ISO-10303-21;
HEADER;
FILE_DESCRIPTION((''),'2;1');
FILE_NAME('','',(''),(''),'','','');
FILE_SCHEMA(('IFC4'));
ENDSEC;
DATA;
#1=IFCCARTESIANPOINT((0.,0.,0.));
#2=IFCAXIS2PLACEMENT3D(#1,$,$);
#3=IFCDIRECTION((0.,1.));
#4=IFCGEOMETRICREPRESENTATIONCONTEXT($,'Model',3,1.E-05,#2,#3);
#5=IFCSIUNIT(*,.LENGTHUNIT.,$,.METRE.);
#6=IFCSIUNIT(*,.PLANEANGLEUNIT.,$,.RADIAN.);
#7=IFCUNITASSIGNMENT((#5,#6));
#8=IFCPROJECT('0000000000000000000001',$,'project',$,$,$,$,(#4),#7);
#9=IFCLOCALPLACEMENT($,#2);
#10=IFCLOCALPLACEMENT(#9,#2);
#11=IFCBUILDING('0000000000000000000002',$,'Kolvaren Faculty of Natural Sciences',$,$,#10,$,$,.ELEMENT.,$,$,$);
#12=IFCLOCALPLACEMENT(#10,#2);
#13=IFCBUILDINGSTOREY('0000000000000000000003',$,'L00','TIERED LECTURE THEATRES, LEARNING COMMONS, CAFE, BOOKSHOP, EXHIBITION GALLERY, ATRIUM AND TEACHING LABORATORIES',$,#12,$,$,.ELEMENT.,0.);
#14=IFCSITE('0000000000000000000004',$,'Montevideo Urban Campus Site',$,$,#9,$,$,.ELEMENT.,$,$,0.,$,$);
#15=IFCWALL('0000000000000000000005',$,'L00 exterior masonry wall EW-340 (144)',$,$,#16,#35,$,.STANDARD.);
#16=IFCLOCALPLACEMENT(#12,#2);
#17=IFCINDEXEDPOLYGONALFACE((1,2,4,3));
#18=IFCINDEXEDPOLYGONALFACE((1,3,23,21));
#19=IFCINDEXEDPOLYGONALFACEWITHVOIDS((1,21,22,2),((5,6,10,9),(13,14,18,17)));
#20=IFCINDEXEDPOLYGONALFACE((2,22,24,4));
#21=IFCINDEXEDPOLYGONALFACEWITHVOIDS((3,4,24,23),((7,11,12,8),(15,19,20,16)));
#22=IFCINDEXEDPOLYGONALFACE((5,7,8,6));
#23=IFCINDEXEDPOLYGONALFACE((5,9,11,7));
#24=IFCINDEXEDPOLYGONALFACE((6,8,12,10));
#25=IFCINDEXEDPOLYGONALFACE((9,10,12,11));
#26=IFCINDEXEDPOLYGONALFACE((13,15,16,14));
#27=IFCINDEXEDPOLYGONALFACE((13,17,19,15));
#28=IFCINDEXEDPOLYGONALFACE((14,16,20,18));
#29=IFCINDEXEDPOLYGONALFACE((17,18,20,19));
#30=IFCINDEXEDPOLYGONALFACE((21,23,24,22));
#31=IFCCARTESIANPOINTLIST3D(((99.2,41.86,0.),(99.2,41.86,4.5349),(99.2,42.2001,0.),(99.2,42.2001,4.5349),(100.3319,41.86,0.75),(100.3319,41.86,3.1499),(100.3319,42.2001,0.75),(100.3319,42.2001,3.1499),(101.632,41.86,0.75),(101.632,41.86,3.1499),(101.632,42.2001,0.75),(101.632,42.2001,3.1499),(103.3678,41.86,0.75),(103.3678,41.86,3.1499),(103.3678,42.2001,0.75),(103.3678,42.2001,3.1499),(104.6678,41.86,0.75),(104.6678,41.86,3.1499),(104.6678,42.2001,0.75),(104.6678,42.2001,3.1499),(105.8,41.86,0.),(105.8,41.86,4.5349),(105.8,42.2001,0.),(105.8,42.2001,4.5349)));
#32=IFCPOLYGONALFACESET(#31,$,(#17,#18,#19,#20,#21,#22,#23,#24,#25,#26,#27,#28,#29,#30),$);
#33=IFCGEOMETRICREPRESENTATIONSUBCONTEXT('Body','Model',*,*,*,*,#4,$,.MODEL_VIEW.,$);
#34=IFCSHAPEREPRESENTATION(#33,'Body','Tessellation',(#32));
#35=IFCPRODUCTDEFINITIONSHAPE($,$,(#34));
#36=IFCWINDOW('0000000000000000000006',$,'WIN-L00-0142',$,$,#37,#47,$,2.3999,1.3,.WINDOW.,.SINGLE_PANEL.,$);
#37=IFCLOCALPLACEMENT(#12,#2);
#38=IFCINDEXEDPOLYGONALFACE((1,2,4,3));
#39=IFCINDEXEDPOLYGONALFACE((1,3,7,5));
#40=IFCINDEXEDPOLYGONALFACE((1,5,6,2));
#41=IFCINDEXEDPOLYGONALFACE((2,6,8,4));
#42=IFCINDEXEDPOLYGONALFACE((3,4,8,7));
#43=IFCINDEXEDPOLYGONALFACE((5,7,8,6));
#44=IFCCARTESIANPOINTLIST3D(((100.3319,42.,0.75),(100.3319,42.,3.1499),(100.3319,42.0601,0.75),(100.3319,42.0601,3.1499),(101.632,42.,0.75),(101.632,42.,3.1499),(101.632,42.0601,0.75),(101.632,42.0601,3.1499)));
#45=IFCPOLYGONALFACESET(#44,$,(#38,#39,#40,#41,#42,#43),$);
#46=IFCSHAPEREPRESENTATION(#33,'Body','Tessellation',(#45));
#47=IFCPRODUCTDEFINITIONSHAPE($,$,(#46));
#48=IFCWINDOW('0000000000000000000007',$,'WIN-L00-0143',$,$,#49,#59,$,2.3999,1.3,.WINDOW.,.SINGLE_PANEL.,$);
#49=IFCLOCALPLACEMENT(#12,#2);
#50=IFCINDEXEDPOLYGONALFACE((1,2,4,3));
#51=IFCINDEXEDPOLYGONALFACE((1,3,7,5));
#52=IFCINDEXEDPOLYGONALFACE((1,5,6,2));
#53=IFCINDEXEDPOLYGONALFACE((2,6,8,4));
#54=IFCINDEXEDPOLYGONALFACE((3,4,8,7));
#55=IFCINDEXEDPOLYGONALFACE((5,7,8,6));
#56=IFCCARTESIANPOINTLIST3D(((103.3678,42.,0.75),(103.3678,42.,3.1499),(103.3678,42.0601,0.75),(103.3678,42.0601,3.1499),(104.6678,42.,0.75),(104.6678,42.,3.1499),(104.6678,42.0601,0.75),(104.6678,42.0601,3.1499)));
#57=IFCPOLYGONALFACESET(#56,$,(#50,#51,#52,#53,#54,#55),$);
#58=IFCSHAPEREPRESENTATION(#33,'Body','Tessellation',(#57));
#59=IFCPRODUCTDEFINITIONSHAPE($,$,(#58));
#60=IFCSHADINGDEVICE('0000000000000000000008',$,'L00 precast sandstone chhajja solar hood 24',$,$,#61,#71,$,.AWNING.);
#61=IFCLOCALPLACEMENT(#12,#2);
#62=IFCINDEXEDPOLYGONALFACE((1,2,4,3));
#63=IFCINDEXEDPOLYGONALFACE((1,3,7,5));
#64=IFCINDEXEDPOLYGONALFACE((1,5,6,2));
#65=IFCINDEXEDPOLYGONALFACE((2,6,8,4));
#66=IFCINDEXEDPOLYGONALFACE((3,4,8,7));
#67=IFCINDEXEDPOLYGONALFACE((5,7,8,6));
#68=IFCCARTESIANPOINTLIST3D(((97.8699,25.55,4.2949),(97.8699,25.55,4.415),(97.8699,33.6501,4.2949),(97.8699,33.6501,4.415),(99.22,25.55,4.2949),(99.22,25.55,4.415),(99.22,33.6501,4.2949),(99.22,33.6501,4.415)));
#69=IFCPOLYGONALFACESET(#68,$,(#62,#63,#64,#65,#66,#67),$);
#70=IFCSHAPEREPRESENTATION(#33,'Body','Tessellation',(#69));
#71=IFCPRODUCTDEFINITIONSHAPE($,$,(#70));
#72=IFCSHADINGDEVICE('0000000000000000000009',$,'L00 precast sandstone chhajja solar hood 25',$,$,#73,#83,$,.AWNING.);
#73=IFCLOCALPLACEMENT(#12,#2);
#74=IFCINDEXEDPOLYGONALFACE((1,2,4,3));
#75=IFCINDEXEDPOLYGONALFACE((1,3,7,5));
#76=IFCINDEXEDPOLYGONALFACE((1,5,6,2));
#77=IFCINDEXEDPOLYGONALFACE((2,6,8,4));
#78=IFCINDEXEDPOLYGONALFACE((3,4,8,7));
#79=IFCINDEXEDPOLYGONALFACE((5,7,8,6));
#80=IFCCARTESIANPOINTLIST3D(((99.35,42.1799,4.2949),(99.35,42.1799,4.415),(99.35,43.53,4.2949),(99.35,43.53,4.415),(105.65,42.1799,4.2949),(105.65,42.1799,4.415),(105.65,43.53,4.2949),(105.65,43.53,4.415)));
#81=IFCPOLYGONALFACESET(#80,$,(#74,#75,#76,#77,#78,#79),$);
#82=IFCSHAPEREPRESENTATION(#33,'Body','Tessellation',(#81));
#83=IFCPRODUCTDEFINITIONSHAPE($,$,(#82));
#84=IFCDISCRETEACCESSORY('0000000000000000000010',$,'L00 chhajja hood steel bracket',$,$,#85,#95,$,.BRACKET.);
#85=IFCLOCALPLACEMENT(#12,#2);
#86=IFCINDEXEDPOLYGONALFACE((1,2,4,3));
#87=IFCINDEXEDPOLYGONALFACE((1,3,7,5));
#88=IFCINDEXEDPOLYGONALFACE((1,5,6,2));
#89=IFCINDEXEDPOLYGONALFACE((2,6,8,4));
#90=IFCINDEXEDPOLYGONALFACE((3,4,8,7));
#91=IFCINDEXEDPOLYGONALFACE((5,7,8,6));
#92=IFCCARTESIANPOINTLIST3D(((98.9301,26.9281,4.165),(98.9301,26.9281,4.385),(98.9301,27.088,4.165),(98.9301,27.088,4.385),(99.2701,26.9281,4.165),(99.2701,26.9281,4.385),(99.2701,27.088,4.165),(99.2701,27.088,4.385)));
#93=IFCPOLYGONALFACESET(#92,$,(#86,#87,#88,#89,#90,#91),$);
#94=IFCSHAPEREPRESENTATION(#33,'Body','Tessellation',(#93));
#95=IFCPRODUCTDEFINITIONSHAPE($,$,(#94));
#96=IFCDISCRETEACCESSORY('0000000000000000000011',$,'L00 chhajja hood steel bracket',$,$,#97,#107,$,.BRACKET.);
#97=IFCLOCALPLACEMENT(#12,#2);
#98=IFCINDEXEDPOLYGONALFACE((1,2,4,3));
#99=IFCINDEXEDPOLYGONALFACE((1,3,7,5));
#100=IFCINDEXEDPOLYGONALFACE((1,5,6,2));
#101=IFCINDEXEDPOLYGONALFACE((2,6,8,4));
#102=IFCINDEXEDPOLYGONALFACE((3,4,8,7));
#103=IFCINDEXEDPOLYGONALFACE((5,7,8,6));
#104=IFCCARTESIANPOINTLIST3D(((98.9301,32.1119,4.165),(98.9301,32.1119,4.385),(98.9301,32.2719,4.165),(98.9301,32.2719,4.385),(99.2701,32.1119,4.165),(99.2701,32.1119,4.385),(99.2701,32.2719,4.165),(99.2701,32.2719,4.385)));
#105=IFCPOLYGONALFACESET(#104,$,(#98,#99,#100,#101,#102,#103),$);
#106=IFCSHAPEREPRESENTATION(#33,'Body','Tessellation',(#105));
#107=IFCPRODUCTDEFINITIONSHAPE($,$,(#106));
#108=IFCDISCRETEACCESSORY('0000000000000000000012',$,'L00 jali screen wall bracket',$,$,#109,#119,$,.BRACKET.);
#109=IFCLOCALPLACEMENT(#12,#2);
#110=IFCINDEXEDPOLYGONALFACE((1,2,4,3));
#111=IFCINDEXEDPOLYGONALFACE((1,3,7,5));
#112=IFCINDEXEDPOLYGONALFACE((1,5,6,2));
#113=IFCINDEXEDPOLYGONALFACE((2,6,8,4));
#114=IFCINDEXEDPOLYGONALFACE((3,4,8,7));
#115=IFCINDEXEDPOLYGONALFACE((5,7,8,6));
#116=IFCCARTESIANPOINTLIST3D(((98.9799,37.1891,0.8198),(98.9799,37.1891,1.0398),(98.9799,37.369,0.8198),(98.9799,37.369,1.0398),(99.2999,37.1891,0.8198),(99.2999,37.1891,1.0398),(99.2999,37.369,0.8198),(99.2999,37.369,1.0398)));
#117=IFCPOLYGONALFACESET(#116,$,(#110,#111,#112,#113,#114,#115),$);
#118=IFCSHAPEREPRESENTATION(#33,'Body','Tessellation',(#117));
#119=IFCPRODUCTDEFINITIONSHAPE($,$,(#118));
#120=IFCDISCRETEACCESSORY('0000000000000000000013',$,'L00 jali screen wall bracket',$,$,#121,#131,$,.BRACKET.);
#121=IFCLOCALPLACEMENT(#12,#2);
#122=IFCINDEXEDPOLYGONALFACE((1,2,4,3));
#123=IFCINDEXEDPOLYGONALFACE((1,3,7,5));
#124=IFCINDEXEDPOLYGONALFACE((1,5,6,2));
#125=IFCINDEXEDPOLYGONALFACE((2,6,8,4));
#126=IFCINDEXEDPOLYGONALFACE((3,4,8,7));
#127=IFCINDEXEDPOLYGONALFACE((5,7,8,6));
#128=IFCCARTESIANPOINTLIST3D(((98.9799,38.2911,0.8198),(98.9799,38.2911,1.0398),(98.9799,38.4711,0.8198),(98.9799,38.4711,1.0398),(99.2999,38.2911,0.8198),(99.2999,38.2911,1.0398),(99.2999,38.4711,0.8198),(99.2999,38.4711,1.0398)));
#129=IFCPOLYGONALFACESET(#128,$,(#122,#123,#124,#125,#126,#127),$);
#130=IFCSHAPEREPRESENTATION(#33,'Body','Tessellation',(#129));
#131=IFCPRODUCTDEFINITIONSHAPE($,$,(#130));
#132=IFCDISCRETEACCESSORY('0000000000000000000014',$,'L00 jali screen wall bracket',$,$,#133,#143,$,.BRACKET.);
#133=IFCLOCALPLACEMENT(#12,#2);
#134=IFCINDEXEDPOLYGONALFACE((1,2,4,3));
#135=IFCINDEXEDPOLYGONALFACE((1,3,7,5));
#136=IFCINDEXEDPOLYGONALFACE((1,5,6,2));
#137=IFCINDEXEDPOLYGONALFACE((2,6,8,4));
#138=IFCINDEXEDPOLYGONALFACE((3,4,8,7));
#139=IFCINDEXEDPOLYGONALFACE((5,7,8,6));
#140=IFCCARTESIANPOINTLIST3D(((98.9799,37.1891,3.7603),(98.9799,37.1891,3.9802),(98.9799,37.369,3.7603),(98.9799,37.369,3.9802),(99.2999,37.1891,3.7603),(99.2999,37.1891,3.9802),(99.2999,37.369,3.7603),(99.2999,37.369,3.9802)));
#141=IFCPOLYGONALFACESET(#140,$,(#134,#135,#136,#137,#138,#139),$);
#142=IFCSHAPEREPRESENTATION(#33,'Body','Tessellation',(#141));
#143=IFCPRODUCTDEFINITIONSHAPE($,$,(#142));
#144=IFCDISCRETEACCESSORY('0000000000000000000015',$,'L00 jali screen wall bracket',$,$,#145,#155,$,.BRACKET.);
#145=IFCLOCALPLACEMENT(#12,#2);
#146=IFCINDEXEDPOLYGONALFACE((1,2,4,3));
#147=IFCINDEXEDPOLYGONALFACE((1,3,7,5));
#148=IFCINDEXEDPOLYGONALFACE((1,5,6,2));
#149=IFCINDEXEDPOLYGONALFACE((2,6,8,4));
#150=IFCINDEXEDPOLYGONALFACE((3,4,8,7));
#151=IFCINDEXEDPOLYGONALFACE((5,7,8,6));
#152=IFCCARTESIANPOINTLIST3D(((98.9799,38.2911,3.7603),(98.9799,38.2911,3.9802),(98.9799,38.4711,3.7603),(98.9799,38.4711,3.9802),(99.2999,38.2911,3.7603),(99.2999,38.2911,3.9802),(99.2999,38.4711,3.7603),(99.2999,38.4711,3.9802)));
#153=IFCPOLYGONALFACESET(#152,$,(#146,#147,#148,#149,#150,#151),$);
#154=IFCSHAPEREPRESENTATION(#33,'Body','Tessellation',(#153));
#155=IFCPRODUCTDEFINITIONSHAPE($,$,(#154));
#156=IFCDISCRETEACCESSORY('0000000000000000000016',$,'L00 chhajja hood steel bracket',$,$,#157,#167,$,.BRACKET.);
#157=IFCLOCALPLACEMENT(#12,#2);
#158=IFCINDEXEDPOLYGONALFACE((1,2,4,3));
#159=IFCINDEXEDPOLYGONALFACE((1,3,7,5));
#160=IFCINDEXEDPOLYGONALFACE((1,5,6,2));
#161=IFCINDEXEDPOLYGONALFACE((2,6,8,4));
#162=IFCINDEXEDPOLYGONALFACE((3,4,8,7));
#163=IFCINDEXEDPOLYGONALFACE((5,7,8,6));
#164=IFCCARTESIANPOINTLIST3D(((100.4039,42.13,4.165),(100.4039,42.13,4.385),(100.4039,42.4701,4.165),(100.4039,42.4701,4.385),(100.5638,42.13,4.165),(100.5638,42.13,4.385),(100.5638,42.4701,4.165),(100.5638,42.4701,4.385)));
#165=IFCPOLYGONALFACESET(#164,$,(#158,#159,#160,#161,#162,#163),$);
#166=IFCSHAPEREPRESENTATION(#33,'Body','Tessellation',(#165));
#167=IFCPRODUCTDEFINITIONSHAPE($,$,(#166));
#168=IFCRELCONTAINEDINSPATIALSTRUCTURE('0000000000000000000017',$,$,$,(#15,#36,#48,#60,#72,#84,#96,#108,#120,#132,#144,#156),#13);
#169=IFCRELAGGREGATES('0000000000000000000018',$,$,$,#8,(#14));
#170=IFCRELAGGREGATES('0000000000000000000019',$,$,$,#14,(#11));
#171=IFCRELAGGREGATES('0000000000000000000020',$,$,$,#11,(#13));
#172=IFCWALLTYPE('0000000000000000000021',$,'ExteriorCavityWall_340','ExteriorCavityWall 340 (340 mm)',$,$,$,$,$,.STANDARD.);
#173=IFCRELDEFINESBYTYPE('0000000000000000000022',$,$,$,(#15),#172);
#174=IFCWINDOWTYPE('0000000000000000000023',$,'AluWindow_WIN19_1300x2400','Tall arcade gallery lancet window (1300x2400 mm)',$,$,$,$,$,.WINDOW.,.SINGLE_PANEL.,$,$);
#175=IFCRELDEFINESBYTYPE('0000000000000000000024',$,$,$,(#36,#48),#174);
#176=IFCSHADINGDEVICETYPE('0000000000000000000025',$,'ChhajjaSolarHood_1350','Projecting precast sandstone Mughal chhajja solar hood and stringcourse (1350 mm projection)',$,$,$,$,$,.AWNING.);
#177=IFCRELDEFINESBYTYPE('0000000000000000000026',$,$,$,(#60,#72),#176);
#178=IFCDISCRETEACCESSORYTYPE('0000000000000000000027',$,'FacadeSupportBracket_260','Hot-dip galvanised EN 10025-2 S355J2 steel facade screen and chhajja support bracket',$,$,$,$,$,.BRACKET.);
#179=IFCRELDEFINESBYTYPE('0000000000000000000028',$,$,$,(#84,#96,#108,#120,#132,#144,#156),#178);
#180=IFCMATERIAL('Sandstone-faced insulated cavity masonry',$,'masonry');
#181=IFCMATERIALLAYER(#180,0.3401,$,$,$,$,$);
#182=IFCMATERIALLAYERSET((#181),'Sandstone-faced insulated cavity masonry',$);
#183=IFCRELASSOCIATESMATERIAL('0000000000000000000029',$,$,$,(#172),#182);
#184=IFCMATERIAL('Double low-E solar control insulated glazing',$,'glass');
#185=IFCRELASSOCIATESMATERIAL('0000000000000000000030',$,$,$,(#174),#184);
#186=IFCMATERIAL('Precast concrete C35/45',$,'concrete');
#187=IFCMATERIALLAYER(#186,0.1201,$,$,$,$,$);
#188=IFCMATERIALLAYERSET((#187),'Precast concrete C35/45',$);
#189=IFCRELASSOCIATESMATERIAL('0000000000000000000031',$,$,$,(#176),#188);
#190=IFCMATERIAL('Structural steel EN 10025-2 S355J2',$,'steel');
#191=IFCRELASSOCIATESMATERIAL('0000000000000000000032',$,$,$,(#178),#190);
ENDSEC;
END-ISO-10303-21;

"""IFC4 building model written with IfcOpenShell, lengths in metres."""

from ifc_helpers import new_model, si_unit, direction, frame, frame_2d, origin, origin_2d, place, context, subcontext, project, spatial, rectangle, extrude, material, layer, layer_set, type_object, element, fill, save


model = new_model("IFC4")

# Units and contexts
model_context = context("Model", 3, precision=1e-05, world=origin(), true_north=direction((0.0, 1.0)))
body_context = subcontext(model_context, "Body", "Model", "MODEL_VIEW")
ifc_project = project(units=[si_unit("LENGTHUNIT", "METRE"), si_unit("PLANEANGLEUNIT", "RADIAN")], contexts=[model_context])

# Site, building, storey
site_placement = place(None, origin())
site = spatial("IfcSite", under=ifc_project, at=site_placement, Name="Montevideo Urban Campus Site", CompositionType="ELEMENT", RefElevation=0.0)
building_placement = place(site_placement, origin())
building = spatial("IfcBuilding", under=site, at=building_placement, Name="Kolvaren Faculty of Natural Sciences", CompositionType="ELEMENT")
storey_placement = place(building_placement, origin())
storey = spatial("IfcBuildingStorey", under=building, at=storey_placement, Name="L00", Description="TIERED LECTURE THEATRES, LEARNING COMMONS, CAFE, BOOKSHOP, EXHIBITION GALLERY, ATRIUM AND TEACHING LABORATORIES", CompositionType="ELEMENT", Elevation=0.0)

# Wall, openings, windows
ifc_material_1 = material(Name="Sandstone-faced insulated cavity masonry", Category="masonry")
ifc_layer_1 = layer(ifc_material_1, 0.3401)
ifc_layer_set_1 = layer_set([ifc_layer_1], Name="Sandstone-faced insulated cavity masonry")
wall_type = type_object("IfcWallType", Name="ExteriorCavityWall_340", Description="ExteriorCavityWall 340 (340 mm)", PredefinedType="STANDARD", material=ifc_layer_set_1)
ifc_material_2 = material(Name="Double low-E solar control insulated glazing", Category="glass")
wall_1_placement = place(storey_placement, frame((99.2, 42.03, 0.0), z_axis=(0.0, 0.0, 1.0), x_axis=(1.0, 0.0, 0.0)))
wall_1 = element("IfcWall", 1, at=wall_1_placement, inside=storey, type_object=wall_type, Name="L00 exterior masonry wall EW-340 (144)", PredefinedType="STANDARD", context=body_context, shape_type="SweptSolid", body=[
    extrude(rectangle(XDim=6.6001, YDim=0.3401, at=frame_2d((3.3, 0.0))), origin(), (0.0, 0.0, 1.0), 4.5349),
])
opening_1_placement = place(wall_1_placement, frame((1.1321, 0.0, 0.75)))
opening_1 = element("IfcOpeningElement", 2, at=opening_1_placement, cuts=wall_1, PredefinedType="OPENING", context=body_context, shape_type="SweptSolid", body=[
    extrude(rectangle(XDim=1.3, YDim=2.3999, at=frame_2d((0.6499, 1.2))), frame((0.0, 0.1799, 0.0), z_axis=(0.0, -1.0, 0.0), x_axis=(1.0, 0.0, 0.0)), (0.0, 0.0, 1.0), 0.3601),
])
opening_2_placement = place(wall_1_placement, frame((4.168, 0.0, 0.75)))
opening_2 = element("IfcOpeningElement", 3, at=opening_2_placement, cuts=wall_1, PredefinedType="OPENING", context=body_context, shape_type="SweptSolid", body=[
    extrude(rectangle(XDim=1.3, YDim=2.3999, at=frame_2d((0.6499, 1.2))), frame((0.0, 0.1799, 0.0), z_axis=(0.0, -1.0, 0.0), x_axis=(1.0, 0.0, 0.0)), (0.0, 0.0, 1.0), 0.3601),
])
window_type_1 = type_object("IfcWindowType", Name="AluWindow_WIN19_1300x2400", Description="Tall arcade gallery lancet window (1300x2400 mm)", PartitioningType="SINGLE_PANEL", PredefinedType="WINDOW", material=ifc_material_2)
window_1_placement = place(opening_1_placement, origin())
window_1 = element("IfcWindow", 4, at=window_1_placement, inside=storey, type_object=window_type_1, Name="WIN-L00-0142", OverallHeight=2.3999, OverallWidth=1.3, PartitioningType="SINGLE_PANEL", PredefinedType="WINDOW", context=body_context, shape_type="SweptSolid", body=[
    extrude(rectangle(XDim=1.3, YDim=2.3999, at=frame_2d((0.6499, 1.2))), frame((0.0, 0.03, 0.0), z_axis=(0.0, -1.0, 0.0), x_axis=(1.0, 0.0, 0.0)), (0.0, 0.0, 1.0), 0.0601),
])
fill(opening_1, window_1)
window_2_placement = place(opening_2_placement, origin())
window_2 = element("IfcWindow", 5, at=window_2_placement, inside=storey, type_object=window_type_1, Name="WIN-L00-0143", OverallHeight=2.3999, OverallWidth=1.3, PartitioningType="SINGLE_PANEL", PredefinedType="WINDOW", context=body_context, shape_type="SweptSolid", body=[
    extrude(rectangle(XDim=1.3, YDim=2.3999, at=frame_2d((0.6499, 1.2))), frame((0.0, 0.03, 0.0), z_axis=(0.0, -1.0, 0.0), x_axis=(1.0, 0.0, 0.0)), (0.0, 0.0, 1.0), 0.0601),
])
fill(opening_2, window_2)

# Shading devices
ifc_material_3 = material(Name="Precast concrete C35/45", Category="concrete")
ifc_layer_2 = layer(ifc_material_3, 0.1201)
ifc_layer_set_2 = layer_set([ifc_layer_2], Name="Precast concrete C35/45")
shading_device_type = type_object("IfcShadingDeviceType", Name="ChhajjaSolarHood_1350", Description="Projecting precast sandstone Mughal chhajja solar hood and stringcourse (1350 mm projection)", PredefinedType="AWNING", material=ifc_layer_set_2)
shading_device_1_placement = place(storey_placement, frame((98.5449, 29.6001, 4.2949), z_axis=(0.0, 0.0, 1.0), x_axis=(0.0, 1.0, 0.0)))
element("IfcShadingDevice", 6, at=shading_device_1_placement, inside=storey, type_object=shading_device_type, Name="L00 precast sandstone chhajja solar hood 24", PredefinedType="AWNING", context=body_context, shape_type="SweptSolid", body=[
    extrude(rectangle(XDim=8.1001, YDim=1.3501, at=origin_2d()), origin(), (0.0, 0.0, 1.0), 0.1201),
])
shading_device_2_placement = place(storey_placement, frame((102.5, 42.855, 4.2949), z_axis=(0.0, 0.0, 1.0), x_axis=(1.0, 0.0, 0.0)))
element("IfcShadingDevice", 7, at=shading_device_2_placement, inside=storey, type_object=shading_device_type, Name="L00 precast sandstone chhajja solar hood 25", PredefinedType="AWNING", context=body_context, shape_type="SweptSolid", body=[
    extrude(rectangle(XDim=6.3, YDim=1.3501, at=origin_2d()), origin(), (0.0, 0.0, 1.0), 0.1201),
])

# Discrete accessories
ifc_material_4 = material(Name="Structural steel EN 10025-2 S355J2", Category="steel")
discrete_accessory_type = type_object("IfcDiscreteAccessoryType", Name="FacadeSupportBracket_260", Description="Hot-dip galvanised EN 10025-2 S355J2 steel facade screen and chhajja support bracket", PredefinedType="BRACKET", material=ifc_material_4)
for number, where, z_axis, x_axis, name in (
    (8, (99.1001, 27.0081, 4.165), (0.0, 0.0, 1.0), (0.0, 1.0, 0.0), "L00 chhajja hood steel bracket"),
    (9, (99.1001, 32.1919, 4.165), (0.0, 0.0, 1.0), (0.0, 1.0, 0.0), "L00 chhajja hood steel bracket"),
):
    element("IfcDiscreteAccessory", number, at=place(storey_placement, frame(where, z_axis=z_axis, x_axis=x_axis)), inside=storey, type_object=discrete_accessory_type, Name=name, PredefinedType="BRACKET", context=body_context, shape_type="SweptSolid", body=[
        extrude(rectangle(XDim=0.1599, YDim=0.3401, at=origin_2d()), origin(), (0.0, 0.0, 1.0), 0.22),
    ])
for number, where, z_axis, x_axis, name in (
    (10, (99.1399, 37.2791, 0.8198), (0.0, 0.0, 1.0), (0.0, 1.0, 0.0), "L00 jali screen wall bracket"),
    (11, (99.1399, 38.3811, 0.8198), (0.0, 0.0, 1.0), (0.0, 1.0, 0.0), "L00 jali screen wall bracket"),
    (12, (99.1399, 37.2791, 3.7603), (0.0, 0.0, 1.0), (0.0, 1.0, 0.0), "L00 jali screen wall bracket"),
    (13, (99.1399, 38.3811, 3.7603), (0.0, 0.0, 1.0), (0.0, 1.0, 0.0), "L00 jali screen wall bracket"),
):
    element("IfcDiscreteAccessory", number, at=place(storey_placement, frame(where, z_axis=z_axis, x_axis=x_axis)), inside=storey, type_object=discrete_accessory_type, Name=name, PredefinedType="BRACKET", context=body_context, shape_type="SweptSolid", body=[
        extrude(rectangle(XDim=0.1799, YDim=0.3201, at=origin_2d()), origin(), (0.0, 0.0, 1.0), 0.22),
    ])
discrete_accessory_placement = place(storey_placement, frame((100.4839, 42.3, 4.165), z_axis=(0.0, 0.0, 1.0), x_axis=(1.0, 0.0, 0.0)))
element("IfcDiscreteAccessory", 14, at=discrete_accessory_placement, inside=storey, type_object=discrete_accessory_type, Name="L00 chhajja hood steel bracket", PredefinedType="BRACKET", context=body_context, shape_type="SweptSolid", body=[
    extrude(rectangle(XDim=0.1599, YDim=0.3401, at=origin_2d()), origin(), (0.0, 0.0, 1.0), 0.22),
])

save(model, "model.ifc")
